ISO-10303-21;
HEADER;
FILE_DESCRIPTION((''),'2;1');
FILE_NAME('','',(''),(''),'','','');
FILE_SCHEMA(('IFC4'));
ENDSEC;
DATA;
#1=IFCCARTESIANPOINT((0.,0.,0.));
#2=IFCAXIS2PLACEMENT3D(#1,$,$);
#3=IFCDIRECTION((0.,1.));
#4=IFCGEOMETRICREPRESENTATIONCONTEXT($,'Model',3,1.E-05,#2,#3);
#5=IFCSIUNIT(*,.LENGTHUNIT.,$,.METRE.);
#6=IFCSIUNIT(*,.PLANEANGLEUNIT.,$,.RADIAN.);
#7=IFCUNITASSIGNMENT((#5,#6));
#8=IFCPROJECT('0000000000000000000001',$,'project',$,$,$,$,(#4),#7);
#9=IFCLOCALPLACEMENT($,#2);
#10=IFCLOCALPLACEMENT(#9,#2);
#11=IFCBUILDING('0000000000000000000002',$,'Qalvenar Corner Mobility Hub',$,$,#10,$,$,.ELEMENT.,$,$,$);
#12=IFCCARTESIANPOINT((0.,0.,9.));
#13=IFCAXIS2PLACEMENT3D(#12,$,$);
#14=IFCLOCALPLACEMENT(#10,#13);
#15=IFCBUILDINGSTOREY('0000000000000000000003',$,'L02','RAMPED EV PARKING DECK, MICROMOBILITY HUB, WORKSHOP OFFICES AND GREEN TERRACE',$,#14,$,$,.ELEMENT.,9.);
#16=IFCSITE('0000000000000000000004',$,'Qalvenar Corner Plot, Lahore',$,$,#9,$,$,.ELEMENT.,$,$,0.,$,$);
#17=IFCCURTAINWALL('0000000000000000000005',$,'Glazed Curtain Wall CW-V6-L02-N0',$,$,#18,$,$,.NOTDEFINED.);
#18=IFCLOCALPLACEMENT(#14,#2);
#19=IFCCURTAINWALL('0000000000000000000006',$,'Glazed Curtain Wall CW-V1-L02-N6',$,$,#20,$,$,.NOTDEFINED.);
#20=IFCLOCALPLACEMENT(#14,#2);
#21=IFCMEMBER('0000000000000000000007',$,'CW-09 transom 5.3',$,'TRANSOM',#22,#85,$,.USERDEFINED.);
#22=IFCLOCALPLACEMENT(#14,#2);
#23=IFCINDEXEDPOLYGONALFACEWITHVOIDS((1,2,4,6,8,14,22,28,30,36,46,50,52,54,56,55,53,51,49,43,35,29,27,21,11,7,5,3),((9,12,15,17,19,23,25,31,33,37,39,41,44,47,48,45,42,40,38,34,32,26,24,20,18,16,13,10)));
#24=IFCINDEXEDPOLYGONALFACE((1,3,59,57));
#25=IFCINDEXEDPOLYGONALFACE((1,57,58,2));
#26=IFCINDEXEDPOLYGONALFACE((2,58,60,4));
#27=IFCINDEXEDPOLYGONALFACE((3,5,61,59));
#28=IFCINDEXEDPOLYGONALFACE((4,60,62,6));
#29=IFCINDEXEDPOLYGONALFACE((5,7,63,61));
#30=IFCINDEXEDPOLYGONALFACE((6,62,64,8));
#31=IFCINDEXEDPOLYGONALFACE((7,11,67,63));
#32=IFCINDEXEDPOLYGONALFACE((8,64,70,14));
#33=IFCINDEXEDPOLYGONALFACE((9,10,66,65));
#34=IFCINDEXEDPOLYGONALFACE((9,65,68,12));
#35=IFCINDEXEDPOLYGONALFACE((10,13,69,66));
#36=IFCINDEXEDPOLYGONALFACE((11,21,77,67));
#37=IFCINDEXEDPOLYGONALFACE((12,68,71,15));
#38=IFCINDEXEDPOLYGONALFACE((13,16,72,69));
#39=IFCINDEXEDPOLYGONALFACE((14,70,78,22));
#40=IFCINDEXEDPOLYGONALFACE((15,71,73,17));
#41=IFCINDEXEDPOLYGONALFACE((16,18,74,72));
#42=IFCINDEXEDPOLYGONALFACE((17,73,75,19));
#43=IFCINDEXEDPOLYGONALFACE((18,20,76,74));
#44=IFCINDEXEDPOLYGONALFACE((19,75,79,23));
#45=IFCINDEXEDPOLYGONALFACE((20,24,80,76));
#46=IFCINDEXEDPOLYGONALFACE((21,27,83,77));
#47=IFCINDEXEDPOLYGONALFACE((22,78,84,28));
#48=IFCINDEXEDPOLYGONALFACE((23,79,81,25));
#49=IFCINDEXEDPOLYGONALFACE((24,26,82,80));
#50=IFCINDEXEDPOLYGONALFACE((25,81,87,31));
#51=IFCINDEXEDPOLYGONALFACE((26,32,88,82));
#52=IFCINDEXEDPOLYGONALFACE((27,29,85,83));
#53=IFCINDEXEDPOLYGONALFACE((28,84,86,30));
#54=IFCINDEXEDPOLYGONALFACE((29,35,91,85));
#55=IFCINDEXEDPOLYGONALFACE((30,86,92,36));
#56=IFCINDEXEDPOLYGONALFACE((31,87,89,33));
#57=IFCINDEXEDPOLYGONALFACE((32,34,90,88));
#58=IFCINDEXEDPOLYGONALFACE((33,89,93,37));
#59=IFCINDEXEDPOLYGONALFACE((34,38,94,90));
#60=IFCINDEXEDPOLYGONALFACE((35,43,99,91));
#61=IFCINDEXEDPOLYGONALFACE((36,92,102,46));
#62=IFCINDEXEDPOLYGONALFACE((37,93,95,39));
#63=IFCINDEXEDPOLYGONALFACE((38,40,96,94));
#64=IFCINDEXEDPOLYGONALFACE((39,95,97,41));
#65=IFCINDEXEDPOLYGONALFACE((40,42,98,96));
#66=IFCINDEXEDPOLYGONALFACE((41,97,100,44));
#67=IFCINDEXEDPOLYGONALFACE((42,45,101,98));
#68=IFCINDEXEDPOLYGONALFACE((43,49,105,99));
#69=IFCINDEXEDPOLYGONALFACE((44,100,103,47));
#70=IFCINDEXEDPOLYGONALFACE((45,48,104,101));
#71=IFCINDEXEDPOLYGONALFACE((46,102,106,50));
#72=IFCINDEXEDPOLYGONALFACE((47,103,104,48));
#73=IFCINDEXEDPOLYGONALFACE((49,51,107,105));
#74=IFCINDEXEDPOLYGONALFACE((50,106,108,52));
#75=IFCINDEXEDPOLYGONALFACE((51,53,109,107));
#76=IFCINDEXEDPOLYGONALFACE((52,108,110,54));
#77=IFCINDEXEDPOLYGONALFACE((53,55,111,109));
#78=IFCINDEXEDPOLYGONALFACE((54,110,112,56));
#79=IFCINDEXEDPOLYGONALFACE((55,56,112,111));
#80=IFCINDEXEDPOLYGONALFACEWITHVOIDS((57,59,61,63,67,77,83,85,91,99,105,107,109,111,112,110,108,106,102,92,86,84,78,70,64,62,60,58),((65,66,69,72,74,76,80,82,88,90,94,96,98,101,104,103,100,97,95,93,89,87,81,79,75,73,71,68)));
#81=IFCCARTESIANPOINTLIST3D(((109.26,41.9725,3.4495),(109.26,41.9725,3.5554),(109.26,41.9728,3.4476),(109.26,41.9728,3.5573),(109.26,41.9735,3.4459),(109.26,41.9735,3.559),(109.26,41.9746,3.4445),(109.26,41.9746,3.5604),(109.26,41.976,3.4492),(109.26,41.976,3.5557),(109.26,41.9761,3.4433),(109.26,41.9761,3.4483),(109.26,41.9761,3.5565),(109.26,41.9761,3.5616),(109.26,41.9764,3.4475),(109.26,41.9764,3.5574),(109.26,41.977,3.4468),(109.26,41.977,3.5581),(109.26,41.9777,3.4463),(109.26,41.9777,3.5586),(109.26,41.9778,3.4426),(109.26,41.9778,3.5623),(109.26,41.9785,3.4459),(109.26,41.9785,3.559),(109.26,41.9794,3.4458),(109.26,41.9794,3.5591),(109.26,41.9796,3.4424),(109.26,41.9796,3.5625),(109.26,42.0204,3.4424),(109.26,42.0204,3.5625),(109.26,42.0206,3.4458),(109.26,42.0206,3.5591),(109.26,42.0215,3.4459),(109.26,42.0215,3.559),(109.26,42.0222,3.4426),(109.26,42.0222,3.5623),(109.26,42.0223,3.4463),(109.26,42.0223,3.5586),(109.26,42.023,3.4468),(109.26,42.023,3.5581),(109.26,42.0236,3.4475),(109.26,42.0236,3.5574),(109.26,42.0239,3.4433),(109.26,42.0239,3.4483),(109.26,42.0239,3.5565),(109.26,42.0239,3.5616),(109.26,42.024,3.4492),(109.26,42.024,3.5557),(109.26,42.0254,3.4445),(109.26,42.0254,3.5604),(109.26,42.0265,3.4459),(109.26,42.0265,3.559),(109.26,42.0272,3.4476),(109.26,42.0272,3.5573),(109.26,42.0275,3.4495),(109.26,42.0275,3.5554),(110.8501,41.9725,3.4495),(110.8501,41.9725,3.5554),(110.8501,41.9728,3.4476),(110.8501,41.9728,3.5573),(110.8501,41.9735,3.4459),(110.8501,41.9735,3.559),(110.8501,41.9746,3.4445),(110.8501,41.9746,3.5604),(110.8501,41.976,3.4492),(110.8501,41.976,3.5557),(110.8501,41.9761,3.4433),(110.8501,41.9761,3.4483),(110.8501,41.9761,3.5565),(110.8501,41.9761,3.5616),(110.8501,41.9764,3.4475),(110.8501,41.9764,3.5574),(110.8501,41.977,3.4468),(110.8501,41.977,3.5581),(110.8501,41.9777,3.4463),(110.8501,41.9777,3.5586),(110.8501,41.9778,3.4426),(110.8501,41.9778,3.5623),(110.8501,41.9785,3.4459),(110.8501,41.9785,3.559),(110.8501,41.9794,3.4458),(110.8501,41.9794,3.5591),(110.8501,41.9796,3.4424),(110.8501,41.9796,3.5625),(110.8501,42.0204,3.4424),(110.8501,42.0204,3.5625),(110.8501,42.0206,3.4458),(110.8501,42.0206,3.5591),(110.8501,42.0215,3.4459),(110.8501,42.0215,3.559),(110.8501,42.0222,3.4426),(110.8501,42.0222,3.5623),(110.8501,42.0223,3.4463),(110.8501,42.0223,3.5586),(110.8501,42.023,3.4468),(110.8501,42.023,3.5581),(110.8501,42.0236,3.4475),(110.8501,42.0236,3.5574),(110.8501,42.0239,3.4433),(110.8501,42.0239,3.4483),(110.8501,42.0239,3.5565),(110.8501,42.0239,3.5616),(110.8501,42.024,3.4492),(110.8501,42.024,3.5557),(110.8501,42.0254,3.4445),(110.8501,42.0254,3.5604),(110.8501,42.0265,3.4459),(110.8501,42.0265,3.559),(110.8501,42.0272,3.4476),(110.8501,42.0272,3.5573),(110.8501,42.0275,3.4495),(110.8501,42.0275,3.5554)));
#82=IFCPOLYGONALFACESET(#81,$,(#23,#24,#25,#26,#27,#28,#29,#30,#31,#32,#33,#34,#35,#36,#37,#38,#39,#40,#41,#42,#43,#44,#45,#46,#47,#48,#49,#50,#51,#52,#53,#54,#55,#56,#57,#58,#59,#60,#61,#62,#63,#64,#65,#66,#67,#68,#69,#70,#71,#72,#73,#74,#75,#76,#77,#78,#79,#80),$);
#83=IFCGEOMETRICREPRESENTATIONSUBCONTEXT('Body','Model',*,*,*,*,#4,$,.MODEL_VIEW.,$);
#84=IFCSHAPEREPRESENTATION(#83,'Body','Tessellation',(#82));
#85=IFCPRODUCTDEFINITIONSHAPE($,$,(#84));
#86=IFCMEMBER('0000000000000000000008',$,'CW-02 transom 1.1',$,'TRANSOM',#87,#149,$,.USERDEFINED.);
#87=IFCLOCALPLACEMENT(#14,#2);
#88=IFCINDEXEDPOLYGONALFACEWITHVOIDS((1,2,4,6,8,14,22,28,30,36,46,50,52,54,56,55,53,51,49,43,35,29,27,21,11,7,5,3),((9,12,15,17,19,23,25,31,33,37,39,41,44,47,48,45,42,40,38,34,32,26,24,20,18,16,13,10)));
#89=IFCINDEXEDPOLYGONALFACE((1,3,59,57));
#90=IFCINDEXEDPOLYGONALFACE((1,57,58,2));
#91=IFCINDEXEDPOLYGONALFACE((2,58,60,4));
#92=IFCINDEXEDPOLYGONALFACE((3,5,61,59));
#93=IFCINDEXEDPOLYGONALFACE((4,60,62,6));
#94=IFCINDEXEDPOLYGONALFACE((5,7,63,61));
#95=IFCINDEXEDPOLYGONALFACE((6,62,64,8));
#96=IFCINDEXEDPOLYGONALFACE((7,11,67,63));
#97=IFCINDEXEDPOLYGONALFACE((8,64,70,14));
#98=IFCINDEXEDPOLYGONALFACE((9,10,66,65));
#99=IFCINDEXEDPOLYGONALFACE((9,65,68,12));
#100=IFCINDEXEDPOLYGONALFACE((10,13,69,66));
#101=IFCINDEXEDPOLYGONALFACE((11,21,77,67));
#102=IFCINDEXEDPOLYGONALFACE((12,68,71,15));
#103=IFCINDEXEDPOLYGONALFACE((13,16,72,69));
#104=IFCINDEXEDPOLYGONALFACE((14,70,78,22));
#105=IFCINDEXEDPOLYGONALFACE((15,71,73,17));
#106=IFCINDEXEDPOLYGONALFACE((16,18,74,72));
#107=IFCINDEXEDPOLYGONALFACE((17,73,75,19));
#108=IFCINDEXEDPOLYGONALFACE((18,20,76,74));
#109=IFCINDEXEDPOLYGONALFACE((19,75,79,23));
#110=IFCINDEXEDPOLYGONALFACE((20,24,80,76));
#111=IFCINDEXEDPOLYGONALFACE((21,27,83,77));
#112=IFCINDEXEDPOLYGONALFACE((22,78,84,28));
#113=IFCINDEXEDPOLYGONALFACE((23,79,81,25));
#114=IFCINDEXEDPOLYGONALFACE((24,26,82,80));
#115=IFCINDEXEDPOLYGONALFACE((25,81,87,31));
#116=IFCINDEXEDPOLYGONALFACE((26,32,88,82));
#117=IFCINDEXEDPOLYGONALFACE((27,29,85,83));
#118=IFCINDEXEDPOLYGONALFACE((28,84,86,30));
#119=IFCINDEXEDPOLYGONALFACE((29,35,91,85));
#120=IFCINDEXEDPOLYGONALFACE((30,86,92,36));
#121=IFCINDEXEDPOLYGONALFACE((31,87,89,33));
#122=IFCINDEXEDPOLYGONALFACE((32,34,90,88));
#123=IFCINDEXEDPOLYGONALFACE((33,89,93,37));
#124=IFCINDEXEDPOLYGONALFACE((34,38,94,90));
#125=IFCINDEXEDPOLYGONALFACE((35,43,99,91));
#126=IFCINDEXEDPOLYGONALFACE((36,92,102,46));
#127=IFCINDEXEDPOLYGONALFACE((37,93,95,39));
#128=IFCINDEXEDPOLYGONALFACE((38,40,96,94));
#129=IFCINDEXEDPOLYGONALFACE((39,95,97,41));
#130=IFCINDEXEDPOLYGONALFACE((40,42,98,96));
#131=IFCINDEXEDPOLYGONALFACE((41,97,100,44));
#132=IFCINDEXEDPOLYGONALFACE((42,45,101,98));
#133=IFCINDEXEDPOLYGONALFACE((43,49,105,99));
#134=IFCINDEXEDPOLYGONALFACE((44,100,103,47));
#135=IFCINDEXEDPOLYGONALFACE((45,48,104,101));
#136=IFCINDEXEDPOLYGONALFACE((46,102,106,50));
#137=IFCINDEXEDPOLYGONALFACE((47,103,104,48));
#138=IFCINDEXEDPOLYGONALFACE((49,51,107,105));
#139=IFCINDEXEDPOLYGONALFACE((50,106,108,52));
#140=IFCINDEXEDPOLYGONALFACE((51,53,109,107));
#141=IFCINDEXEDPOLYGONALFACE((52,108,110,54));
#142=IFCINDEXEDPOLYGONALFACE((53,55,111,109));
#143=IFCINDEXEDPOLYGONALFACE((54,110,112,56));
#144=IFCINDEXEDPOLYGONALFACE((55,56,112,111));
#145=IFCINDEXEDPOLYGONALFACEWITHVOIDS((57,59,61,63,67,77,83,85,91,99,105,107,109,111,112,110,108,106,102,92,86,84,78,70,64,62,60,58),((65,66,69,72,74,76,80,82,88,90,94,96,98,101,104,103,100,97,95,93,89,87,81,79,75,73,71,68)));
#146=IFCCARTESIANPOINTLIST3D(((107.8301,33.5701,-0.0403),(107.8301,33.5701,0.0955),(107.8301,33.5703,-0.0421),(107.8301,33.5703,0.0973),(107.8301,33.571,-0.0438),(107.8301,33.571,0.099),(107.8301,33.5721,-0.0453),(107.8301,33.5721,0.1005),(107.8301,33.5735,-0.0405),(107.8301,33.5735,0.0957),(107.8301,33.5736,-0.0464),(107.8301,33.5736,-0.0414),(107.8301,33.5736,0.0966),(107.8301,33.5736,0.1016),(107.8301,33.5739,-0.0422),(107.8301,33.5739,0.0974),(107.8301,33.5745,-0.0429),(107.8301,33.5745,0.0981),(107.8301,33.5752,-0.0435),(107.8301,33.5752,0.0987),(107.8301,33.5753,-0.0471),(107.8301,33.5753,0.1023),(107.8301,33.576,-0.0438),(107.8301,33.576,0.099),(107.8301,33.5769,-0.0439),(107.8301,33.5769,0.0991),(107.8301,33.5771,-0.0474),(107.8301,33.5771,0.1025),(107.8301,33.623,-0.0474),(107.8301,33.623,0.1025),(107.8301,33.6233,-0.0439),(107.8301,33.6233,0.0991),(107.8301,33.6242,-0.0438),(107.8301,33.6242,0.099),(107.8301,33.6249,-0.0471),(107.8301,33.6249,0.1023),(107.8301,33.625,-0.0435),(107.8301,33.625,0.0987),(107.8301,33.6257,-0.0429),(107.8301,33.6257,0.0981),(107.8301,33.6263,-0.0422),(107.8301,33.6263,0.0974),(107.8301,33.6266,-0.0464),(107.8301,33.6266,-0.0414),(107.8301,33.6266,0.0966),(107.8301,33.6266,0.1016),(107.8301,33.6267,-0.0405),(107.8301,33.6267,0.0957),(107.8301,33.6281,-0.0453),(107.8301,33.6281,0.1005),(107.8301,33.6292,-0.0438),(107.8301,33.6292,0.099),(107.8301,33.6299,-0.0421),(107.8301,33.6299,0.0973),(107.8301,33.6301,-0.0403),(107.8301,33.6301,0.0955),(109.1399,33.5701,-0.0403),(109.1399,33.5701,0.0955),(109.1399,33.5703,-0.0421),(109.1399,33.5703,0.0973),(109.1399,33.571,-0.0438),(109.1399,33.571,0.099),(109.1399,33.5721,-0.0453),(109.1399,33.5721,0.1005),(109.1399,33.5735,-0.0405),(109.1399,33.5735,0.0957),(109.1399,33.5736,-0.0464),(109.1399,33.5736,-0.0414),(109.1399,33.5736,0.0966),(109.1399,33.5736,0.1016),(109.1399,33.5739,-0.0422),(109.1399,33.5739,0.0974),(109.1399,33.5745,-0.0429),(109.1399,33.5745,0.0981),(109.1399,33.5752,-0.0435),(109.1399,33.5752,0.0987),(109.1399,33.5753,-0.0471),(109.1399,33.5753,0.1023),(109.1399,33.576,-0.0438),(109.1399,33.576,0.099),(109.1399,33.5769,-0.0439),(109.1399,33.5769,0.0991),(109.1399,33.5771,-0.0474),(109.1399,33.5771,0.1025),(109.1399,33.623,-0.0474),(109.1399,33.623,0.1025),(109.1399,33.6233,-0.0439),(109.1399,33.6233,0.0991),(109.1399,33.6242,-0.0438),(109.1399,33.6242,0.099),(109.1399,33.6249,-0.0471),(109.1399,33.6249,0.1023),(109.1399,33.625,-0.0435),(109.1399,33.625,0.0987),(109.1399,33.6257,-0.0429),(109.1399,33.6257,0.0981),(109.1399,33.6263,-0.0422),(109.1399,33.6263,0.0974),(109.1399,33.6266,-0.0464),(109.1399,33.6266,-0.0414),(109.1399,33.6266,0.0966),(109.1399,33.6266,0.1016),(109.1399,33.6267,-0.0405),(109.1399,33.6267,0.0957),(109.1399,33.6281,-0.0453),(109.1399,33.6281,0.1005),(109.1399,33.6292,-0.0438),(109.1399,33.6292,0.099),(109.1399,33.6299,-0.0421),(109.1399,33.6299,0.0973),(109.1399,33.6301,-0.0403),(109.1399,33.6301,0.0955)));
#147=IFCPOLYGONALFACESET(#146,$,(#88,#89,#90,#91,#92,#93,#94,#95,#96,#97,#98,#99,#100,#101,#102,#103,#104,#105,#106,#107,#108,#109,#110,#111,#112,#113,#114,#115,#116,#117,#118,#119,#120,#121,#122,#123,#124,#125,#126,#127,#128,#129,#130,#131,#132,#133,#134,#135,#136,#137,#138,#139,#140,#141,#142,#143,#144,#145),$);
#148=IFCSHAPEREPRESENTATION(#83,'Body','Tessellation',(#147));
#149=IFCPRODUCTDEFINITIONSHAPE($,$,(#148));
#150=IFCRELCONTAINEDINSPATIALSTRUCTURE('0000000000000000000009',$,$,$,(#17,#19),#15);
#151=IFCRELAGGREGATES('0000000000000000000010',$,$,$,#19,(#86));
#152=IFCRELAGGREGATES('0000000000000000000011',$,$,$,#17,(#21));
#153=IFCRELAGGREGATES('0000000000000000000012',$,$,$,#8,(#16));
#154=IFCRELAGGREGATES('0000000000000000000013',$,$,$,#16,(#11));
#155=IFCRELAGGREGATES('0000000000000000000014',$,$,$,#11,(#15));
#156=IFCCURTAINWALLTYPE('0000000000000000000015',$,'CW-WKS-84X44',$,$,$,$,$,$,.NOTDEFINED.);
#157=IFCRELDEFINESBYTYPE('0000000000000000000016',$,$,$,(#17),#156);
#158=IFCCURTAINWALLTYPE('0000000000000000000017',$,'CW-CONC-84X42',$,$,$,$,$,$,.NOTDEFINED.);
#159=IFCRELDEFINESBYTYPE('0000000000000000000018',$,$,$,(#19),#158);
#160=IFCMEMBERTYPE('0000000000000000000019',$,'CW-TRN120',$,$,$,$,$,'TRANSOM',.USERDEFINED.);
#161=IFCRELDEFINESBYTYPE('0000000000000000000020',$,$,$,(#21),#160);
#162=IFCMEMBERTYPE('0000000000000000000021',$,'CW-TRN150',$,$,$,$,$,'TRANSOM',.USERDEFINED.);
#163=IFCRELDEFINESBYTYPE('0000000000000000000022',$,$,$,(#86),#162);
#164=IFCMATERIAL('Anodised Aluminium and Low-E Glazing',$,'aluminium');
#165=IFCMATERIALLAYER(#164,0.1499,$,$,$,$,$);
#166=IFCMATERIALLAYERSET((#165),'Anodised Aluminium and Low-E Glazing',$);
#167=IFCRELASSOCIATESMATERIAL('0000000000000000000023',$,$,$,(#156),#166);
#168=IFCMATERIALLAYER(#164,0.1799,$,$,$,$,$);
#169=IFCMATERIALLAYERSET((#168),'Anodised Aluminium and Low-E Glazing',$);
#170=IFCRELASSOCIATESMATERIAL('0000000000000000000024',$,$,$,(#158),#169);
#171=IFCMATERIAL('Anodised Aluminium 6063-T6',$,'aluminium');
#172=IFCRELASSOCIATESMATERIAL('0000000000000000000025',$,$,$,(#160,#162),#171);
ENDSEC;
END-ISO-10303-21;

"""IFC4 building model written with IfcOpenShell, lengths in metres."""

from ifc_helpers import new_model, si_unit, direction, frame, origin, origin_2d, place, context, subcontext, project, spatial, hollow_rectangle, extrude, material, layer, layer_set, material_profile, profile_set, type_object, element, aggregate, save


model = new_model("IFC4")

# Units and contexts
model_context = context("Model", 3, precision=1e-05, world=origin(), true_north=direction((0.0, 1.0)))
body_context = subcontext(model_context, "Body", "Model", "MODEL_VIEW")
ifc_project = project(units=[si_unit("LENGTHUNIT", "METRE"), si_unit("PLANEANGLEUNIT", "RADIAN")], contexts=[model_context])

# Site, building, storey
site_placement = place(None, origin())
site = spatial("IfcSite", under=ifc_project, at=site_placement, Name="Qalvenar Corner Plot, Lahore", CompositionType="ELEMENT", RefElevation=0.0)
building_placement = place(site_placement, origin())
building = spatial("IfcBuilding", under=site, at=building_placement, Name="Qalvenar Corner Mobility Hub", CompositionType="ELEMENT")
storey_placement = place(building_placement, frame((0.0, 0.0, 9.0)))
storey = spatial("IfcBuildingStorey", under=building, at=storey_placement, Name="L02", Description="RAMPED EV PARKING DECK, MICROMOBILITY HUB, WORKSHOP OFFICES AND GREEN TERRACE", CompositionType="ELEMENT", Elevation=9.0)

# Curtain walls
ifc_material_1 = material(Name="Anodised Aluminium and Low-E Glazing", Category="aluminium")
ifc_layer_1 = layer(ifc_material_1, 0.1499)
ifc_layer_set_1 = layer_set([ifc_layer_1], Name="Anodised Aluminium and Low-E Glazing")
curtain_wall_type_1 = type_object("IfcCurtainWallType", Name="CW-WKS-84X44", PredefinedType="NOTDEFINED", material=ifc_layer_set_1)
curtain_wall_1_placement = place(storey_placement, origin())
curtain_wall_1 = element("IfcCurtainWall", 1, at=curtain_wall_1_placement, inside=storey, type_object=curtain_wall_type_1, Name="Glazed Curtain Wall CW-V6-L02-N0", PredefinedType="NOTDEFINED")
ifc_material_2 = material(Name="Anodised Aluminium 6063-T6", Category="aluminium")
ifc_layer_2 = layer(ifc_material_1, 0.1799)
ifc_layer_set_2 = layer_set([ifc_layer_2], Name="Anodised Aluminium and Low-E Glazing")
curtain_wall_type_2 = type_object("IfcCurtainWallType", Name="CW-CONC-84X42", PredefinedType="NOTDEFINED", material=ifc_layer_set_2)
curtain_wall_2_placement = place(storey_placement, origin())
curtain_wall_2 = element("IfcCurtainWall", 2, at=curtain_wall_2_placement, inside=storey, type_object=curtain_wall_type_2, Name="Glazed Curtain Wall CW-V1-L02-N6", PredefinedType="NOTDEFINED")

# Members
ifc_material_profile_1 = material_profile(ifc_material_2, hollow_rectangle(XDim=0.0549, YDim=0.1201, WallThickness=0.0034, InnerFilletRadius=0.0034, OuterFilletRadius=0.0071, at=origin_2d()), Name="RHS120x55x3.5")
ifc_profile_set_1 = profile_set([ifc_material_profile_1], Name="Anodised Aluminium 6063-T6")
member_type_1 = type_object("IfcMemberType", Name="CW-TRN120", ElementType="TRANSOM", PredefinedType="USERDEFINED", material=ifc_profile_set_1)
member_1_placement = place(storey_placement, frame((110.8501, 42.0, 3.5024), z_axis=(-1.0, 0.0, 0.0), x_axis=(0.0, -1.0, 0.0)))
member_1 = element("IfcMember", 3, at=member_1_placement, type_object=member_type_1, Name="CW-09 transom 5.3", ObjectType="TRANSOM", PredefinedType="USERDEFINED", context=body_context, shape_type="SweptSolid", body=[
    extrude(hollow_rectangle(XDim=0.0549, YDim=0.1201, WallThickness=0.0034, InnerFilletRadius=0.0034, OuterFilletRadius=0.0071, at=origin_2d()), origin(), (0.0, 0.0, 1.0), 1.5901),
])
ifc_material_profile_2 = material_profile(ifc_material_2, hollow_rectangle(XDim=0.0601, YDim=0.1499, WallThickness=0.0034, InnerFilletRadius=0.0034, OuterFilletRadius=0.0071, at=origin_2d()), Name="RHS150x60x3.5")
ifc_profile_set_2 = profile_set([ifc_material_profile_2], Name="Anodised Aluminium 6063-T6")
member_type_2 = type_object("IfcMemberType", Name="CW-TRN150", ElementType="TRANSOM", PredefinedType="USERDEFINED", material=ifc_profile_set_2)
member_2_placement = place(storey_placement, frame((109.1399, 33.6001, 0.0276), z_axis=(-1.0, 0.0, 0.0), x_axis=(0.0, -1.0, 0.0)))
member_2 = element("IfcMember", 4, at=member_2_placement, type_object=member_type_2, Name="CW-02 transom 1.1", ObjectType="TRANSOM", PredefinedType="USERDEFINED", context=body_context, shape_type="SweptSolid", body=[
    extrude(hollow_rectangle(XDim=0.0601, YDim=0.1499, WallThickness=0.0034, InnerFilletRadius=0.0034, OuterFilletRadius=0.0071, at=origin_2d()), origin(), (0.0, 0.0, 1.0), 1.3098),
])

aggregate(curtain_wall_2, [member_2])
aggregate(curtain_wall_1, [member_1])

save(model, "model.ifc")
